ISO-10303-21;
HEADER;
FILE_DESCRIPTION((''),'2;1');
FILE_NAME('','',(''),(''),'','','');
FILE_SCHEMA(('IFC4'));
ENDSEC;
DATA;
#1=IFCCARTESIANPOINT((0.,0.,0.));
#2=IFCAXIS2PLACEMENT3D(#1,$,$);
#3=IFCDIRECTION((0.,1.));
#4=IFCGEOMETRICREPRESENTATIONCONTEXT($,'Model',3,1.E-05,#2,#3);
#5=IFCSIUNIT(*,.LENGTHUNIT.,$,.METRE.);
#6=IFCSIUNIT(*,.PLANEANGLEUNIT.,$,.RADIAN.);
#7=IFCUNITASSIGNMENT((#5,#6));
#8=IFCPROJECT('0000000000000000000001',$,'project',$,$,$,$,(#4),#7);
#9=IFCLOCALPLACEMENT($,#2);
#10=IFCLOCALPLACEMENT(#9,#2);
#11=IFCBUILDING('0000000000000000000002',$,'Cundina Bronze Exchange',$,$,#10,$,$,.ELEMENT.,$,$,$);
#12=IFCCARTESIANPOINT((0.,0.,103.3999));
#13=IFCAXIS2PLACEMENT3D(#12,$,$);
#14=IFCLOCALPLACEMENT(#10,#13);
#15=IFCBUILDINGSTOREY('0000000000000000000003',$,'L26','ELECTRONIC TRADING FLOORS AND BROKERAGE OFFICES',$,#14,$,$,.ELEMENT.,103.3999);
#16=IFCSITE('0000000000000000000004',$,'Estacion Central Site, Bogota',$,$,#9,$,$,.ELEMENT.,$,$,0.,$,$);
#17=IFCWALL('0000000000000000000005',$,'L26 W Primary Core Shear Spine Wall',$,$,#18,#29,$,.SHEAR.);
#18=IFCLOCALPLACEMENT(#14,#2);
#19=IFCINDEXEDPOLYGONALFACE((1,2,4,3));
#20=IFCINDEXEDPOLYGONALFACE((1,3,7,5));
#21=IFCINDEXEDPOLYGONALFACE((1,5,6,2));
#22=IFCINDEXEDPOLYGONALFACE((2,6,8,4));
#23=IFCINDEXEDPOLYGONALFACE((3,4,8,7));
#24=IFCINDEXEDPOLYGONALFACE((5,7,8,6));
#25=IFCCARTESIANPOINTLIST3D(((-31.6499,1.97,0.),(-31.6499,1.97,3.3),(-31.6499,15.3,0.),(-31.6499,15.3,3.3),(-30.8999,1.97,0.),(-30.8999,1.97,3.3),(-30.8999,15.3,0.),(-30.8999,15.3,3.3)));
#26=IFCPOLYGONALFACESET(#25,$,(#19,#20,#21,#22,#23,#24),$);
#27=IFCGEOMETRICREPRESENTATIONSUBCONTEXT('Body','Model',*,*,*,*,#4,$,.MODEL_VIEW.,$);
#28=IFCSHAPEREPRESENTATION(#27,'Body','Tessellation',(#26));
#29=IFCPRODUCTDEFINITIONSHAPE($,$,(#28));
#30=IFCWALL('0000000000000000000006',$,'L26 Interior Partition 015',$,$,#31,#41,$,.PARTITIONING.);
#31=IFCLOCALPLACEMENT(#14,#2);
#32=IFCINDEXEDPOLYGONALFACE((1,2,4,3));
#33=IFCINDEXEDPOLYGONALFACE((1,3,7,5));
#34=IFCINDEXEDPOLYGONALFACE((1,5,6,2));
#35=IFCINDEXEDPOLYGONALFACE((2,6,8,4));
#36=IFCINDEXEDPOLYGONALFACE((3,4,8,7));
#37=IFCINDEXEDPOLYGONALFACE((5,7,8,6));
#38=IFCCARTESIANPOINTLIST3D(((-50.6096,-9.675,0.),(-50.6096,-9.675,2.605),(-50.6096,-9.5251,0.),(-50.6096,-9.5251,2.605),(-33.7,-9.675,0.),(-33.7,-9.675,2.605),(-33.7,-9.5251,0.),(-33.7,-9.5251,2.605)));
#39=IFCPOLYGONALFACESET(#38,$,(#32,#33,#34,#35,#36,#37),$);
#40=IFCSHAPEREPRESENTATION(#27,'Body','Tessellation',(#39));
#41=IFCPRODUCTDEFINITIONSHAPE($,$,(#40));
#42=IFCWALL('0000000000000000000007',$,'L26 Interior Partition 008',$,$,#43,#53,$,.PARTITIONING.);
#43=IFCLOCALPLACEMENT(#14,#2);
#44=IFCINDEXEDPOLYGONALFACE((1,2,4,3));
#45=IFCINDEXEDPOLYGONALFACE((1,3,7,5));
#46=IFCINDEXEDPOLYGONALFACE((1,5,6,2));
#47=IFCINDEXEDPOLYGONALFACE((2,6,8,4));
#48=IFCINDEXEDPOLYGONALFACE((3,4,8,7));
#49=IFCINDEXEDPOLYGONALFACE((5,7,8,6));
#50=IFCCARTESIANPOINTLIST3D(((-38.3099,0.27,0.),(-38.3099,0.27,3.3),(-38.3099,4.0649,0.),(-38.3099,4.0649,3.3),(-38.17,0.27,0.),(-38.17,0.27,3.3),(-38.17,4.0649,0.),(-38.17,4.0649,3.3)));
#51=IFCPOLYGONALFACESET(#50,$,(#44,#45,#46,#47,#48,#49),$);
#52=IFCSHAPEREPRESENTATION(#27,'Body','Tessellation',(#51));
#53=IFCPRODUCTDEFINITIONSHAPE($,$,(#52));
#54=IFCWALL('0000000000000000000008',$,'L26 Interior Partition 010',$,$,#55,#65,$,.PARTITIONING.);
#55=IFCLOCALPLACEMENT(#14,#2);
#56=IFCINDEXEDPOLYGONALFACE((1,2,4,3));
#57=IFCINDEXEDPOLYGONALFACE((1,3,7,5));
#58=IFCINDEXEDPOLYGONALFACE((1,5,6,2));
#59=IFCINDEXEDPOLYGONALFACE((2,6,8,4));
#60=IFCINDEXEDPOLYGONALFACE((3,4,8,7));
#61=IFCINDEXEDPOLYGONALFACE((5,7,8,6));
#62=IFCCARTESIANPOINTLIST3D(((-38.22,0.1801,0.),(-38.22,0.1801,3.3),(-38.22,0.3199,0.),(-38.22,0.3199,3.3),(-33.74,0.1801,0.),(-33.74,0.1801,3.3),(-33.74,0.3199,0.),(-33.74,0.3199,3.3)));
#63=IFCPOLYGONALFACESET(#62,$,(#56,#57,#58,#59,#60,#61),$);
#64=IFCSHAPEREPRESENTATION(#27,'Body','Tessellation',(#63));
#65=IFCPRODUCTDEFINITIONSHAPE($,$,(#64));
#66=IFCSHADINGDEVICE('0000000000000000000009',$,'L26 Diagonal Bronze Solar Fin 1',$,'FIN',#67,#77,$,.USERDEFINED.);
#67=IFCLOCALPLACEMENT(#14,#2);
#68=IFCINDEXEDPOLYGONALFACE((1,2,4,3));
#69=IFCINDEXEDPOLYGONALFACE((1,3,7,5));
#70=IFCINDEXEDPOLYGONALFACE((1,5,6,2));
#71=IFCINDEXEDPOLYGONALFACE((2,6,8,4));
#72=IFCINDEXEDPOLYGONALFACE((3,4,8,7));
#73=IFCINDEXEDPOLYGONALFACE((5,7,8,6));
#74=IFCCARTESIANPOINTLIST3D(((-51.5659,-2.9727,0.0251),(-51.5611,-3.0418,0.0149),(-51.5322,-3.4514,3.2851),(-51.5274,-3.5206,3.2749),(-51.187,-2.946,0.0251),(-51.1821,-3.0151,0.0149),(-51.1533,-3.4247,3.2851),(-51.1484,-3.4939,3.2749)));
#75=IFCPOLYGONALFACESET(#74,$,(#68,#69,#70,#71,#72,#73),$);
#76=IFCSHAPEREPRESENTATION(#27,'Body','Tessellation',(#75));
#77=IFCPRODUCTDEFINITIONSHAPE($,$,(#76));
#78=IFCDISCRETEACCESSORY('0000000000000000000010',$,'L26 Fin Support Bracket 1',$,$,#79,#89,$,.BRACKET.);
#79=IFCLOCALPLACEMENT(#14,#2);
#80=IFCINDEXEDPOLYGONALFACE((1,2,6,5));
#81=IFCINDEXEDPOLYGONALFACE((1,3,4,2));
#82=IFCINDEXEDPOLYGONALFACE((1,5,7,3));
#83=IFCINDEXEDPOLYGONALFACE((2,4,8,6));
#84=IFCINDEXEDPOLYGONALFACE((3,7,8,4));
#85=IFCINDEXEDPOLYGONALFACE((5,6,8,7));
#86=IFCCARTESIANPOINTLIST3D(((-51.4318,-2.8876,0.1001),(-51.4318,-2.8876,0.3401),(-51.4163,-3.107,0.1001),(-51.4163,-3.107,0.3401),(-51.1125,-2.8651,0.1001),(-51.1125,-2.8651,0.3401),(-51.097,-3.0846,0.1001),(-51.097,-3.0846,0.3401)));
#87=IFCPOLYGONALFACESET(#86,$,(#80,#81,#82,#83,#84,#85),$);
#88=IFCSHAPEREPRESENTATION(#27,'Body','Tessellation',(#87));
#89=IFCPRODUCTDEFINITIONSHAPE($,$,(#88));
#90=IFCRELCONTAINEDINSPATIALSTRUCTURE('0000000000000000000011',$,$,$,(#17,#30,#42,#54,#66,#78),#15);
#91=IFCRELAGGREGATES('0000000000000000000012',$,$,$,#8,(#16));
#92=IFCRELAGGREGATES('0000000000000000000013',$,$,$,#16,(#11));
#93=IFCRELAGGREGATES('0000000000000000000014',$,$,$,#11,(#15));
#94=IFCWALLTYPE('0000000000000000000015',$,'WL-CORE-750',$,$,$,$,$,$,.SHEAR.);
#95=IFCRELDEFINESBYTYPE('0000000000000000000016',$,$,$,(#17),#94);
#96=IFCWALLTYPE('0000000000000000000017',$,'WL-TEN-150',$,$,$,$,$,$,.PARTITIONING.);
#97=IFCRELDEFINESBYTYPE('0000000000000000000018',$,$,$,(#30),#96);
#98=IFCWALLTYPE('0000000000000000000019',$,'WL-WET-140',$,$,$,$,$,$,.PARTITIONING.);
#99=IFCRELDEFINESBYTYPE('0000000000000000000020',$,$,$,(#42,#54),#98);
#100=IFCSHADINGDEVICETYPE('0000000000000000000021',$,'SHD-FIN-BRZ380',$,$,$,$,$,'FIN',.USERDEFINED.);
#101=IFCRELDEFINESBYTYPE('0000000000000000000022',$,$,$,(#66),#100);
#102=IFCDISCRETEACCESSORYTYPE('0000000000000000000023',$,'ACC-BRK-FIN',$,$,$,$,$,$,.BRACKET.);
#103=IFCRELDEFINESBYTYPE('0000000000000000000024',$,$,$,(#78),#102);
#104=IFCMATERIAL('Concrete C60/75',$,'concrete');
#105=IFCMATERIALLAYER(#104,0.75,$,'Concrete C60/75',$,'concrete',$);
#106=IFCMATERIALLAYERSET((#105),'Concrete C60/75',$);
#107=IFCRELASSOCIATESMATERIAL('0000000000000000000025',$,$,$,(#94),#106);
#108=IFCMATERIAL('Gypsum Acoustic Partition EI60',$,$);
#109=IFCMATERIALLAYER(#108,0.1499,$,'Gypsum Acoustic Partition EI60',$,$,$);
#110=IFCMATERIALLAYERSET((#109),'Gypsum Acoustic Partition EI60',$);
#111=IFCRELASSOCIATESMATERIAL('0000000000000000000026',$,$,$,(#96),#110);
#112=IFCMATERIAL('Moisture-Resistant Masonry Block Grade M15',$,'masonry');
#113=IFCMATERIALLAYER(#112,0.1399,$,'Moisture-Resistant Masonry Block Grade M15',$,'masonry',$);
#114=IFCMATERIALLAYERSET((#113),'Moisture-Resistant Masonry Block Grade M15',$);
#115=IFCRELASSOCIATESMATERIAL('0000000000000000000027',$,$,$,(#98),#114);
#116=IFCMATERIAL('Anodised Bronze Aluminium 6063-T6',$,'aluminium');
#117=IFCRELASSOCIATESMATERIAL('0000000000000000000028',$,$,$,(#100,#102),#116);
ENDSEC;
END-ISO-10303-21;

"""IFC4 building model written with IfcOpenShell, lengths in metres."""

from ifc_helpers import new_model, si_unit, direction, frame, frame_2d, origin, origin_2d, place, context, subcontext, project, spatial, rectangle, extrude, material, layer, layer_set, material_profile, profile_set, type_object, element, save


model = new_model("IFC4")

# Units and contexts
model_context = context("Model", 3, precision=1e-05, world=origin(), true_north=direction((0.0, 1.0)))
body_context = subcontext(model_context, "Body", "Model", "MODEL_VIEW")
ifc_project = project(units=[si_unit("LENGTHUNIT", "METRE"), si_unit("PLANEANGLEUNIT", "RADIAN")], contexts=[model_context])

# Site, building, storey
site_placement = place(None, origin())
site = spatial("IfcSite", under=ifc_project, at=site_placement, Name="Estacion Central Site, Bogota", CompositionType="ELEMENT", RefElevation=0.0)
building_placement = place(site_placement, origin())
building = spatial("IfcBuilding", under=site, at=building_placement, Name="Cundina Bronze Exchange", CompositionType="ELEMENT")
storey_placement = place(building_placement, frame((0.0, 0.0, 103.3999)))
storey = spatial("IfcBuildingStorey", under=building, at=storey_placement, Name="L26", Description="ELECTRONIC TRADING FLOORS AND BROKERAGE OFFICES", CompositionType="ELEMENT", Elevation=103.3999)

# Shared definitions
ifc_material_1 = material(Name="Concrete C60/75", Category="concrete")

# Shared definitions
ifc_material_2 = material(Name="Anodised Bronze Aluminium 6063-T6", Category="aluminium")

# Walls
ifc_layer_1 = layer(ifc_material_1, 0.75, Name="Concrete C60/75", Category="concrete")
ifc_layer_set_1 = layer_set([ifc_layer_1], Name="Concrete C60/75")
wall_type_1 = type_object("IfcWallType", Name="WL-CORE-750", PredefinedType="SHEAR", material=ifc_layer_set_1)
wall_1_placement = place(storey_placement, frame((-31.2749, 1.97, 0.0), z_axis=(0.0, 0.0, 1.0), x_axis=(0.0, 1.0, 0.0)))
element("IfcWall", 1, at=wall_1_placement, inside=storey, type_object=wall_type_1, Name="L26 W Primary Core Shear Spine Wall", PredefinedType="SHEAR", context=body_context, shape_type="SweptSolid", body=[
    extrude(rectangle(XDim=13.3301, YDim=0.75, at=frame_2d((6.665, 0.0))), origin(), (0.0, 0.0, 1.0), 3.3),
])
ifc_material_3 = material(Name="Gypsum Acoustic Partition EI60")
ifc_layer_2 = layer(ifc_material_3, 0.1499, Name="Gypsum Acoustic Partition EI60")
ifc_layer_set_2 = layer_set([ifc_layer_2], Name="Gypsum Acoustic Partition EI60")
wall_type_2 = type_object("IfcWallType", Name="WL-TEN-150", PredefinedType="PARTITIONING", material=ifc_layer_set_2)
wall_2_placement = place(storey_placement, frame((-50.6096, -9.6001, 0.0), z_axis=(0.0, 0.0, 1.0), x_axis=(1.0, 0.0, 0.0)))
element("IfcWall", 2, at=wall_2_placement, inside=storey, type_object=wall_type_2, Name="L26 Interior Partition 015", PredefinedType="PARTITIONING", context=body_context, shape_type="SweptSolid", body=[
    extrude(rectangle(XDim=16.9097, YDim=0.1499, at=frame_2d((8.4548, 0.0))), origin(), (0.0, 0.0, 1.0), 2.605),
])
ifc_material_4 = material(Name="Moisture-Resistant Masonry Block Grade M15", Category="masonry")
ifc_layer_3 = layer(ifc_material_4, 0.1399, Name="Moisture-Resistant Masonry Block Grade M15", Category="masonry")
ifc_layer_set_3 = layer_set([ifc_layer_3], Name="Moisture-Resistant Masonry Block Grade M15")
wall_type_3 = type_object("IfcWallType", Name="WL-WET-140", PredefinedType="PARTITIONING", material=ifc_layer_set_3)
wall_3_placement = place(storey_placement, frame((-38.24, 0.27, 0.0), z_axis=(0.0, 0.0, 1.0), x_axis=(0.0, 1.0, 0.0)))
element("IfcWall", 3, at=wall_3_placement, inside=storey, type_object=wall_type_3, Name="L26 Interior Partition 008", PredefinedType="PARTITIONING", context=body_context, shape_type="SweptSolid", body=[
    extrude(rectangle(XDim=3.7949, YDim=0.1399, at=frame_2d((1.8975, 0.0))), origin(), (0.0, 0.0, 1.0), 3.3),
])
wall_4_placement = place(storey_placement, frame((-38.22, 0.25, 0.0), z_axis=(0.0, 0.0, 1.0), x_axis=(1.0, 0.0, 0.0)))
element("IfcWall", 4, at=wall_4_placement, inside=storey, type_object=wall_type_3, Name="L26 Interior Partition 010", PredefinedType="PARTITIONING", context=body_context, shape_type="SweptSolid", body=[
    extrude(rectangle(XDim=4.48, YDim=0.1399, at=frame_2d((2.24, 0.0))), origin(), (0.0, 0.0, 1.0), 3.3),
])

# Shading device
ifc_material_profile_1 = material_profile(ifc_material_2, rectangle(XDim=0.0701, YDim=0.3799, at=origin_2d()), Name="FIN70X380", Category="aluminium")
ifc_profile_set_1 = profile_set([ifc_material_profile_1], Name="Anodised Bronze Aluminium 6063-T6")
shading_device_type = type_object("IfcShadingDeviceType", Name="SHD-FIN-BRZ380", ElementType="FIN", PredefinedType="USERDEFINED", material=ifc_profile_set_1)
shading_device_placement = place(storey_placement, frame((-51.374, -2.9939, 0.02), z_axis=(0.010225, -0.145292, 0.989336), x_axis=(-0.06945, 0.986895, 0.145652)))
element("IfcShadingDevice", 5, at=shading_device_placement, inside=storey, type_object=shading_device_type, Name="L26 Diagonal Bronze Solar Fin 1", ObjectType="FIN", PredefinedType="USERDEFINED", context=body_context, shape_type="SweptSolid", body=[
    extrude(rectangle(XDim=0.0701, YDim=0.3799, at=origin_2d()), origin(), (0.0, 0.0, 1.0), 3.2952),
])

# Discrete accessory
discrete_accessory_type = type_object("IfcDiscreteAccessoryType", Name="ACC-BRK-FIN", PredefinedType="BRACKET", material=ifc_material_2)
discrete_accessory_placement = place(storey_placement, frame((-51.2644, -2.9861, 0.1001), z_axis=(0.0, 0.0, 1.0), x_axis=(0.070279, -0.997527, 0.0)))
element("IfcDiscreteAccessory", 6, at=discrete_accessory_placement, inside=storey, type_object=discrete_accessory_type, Name="L26 Fin Support Bracket 1", PredefinedType="BRACKET", context=body_context, shape_type="SweptSolid", body=[
    extrude(rectangle(XDim=0.22, YDim=0.3201, at=origin_2d()), origin(), (0.0, 0.0, 1.0), 0.24),
])

save(model, "model.ifc")
